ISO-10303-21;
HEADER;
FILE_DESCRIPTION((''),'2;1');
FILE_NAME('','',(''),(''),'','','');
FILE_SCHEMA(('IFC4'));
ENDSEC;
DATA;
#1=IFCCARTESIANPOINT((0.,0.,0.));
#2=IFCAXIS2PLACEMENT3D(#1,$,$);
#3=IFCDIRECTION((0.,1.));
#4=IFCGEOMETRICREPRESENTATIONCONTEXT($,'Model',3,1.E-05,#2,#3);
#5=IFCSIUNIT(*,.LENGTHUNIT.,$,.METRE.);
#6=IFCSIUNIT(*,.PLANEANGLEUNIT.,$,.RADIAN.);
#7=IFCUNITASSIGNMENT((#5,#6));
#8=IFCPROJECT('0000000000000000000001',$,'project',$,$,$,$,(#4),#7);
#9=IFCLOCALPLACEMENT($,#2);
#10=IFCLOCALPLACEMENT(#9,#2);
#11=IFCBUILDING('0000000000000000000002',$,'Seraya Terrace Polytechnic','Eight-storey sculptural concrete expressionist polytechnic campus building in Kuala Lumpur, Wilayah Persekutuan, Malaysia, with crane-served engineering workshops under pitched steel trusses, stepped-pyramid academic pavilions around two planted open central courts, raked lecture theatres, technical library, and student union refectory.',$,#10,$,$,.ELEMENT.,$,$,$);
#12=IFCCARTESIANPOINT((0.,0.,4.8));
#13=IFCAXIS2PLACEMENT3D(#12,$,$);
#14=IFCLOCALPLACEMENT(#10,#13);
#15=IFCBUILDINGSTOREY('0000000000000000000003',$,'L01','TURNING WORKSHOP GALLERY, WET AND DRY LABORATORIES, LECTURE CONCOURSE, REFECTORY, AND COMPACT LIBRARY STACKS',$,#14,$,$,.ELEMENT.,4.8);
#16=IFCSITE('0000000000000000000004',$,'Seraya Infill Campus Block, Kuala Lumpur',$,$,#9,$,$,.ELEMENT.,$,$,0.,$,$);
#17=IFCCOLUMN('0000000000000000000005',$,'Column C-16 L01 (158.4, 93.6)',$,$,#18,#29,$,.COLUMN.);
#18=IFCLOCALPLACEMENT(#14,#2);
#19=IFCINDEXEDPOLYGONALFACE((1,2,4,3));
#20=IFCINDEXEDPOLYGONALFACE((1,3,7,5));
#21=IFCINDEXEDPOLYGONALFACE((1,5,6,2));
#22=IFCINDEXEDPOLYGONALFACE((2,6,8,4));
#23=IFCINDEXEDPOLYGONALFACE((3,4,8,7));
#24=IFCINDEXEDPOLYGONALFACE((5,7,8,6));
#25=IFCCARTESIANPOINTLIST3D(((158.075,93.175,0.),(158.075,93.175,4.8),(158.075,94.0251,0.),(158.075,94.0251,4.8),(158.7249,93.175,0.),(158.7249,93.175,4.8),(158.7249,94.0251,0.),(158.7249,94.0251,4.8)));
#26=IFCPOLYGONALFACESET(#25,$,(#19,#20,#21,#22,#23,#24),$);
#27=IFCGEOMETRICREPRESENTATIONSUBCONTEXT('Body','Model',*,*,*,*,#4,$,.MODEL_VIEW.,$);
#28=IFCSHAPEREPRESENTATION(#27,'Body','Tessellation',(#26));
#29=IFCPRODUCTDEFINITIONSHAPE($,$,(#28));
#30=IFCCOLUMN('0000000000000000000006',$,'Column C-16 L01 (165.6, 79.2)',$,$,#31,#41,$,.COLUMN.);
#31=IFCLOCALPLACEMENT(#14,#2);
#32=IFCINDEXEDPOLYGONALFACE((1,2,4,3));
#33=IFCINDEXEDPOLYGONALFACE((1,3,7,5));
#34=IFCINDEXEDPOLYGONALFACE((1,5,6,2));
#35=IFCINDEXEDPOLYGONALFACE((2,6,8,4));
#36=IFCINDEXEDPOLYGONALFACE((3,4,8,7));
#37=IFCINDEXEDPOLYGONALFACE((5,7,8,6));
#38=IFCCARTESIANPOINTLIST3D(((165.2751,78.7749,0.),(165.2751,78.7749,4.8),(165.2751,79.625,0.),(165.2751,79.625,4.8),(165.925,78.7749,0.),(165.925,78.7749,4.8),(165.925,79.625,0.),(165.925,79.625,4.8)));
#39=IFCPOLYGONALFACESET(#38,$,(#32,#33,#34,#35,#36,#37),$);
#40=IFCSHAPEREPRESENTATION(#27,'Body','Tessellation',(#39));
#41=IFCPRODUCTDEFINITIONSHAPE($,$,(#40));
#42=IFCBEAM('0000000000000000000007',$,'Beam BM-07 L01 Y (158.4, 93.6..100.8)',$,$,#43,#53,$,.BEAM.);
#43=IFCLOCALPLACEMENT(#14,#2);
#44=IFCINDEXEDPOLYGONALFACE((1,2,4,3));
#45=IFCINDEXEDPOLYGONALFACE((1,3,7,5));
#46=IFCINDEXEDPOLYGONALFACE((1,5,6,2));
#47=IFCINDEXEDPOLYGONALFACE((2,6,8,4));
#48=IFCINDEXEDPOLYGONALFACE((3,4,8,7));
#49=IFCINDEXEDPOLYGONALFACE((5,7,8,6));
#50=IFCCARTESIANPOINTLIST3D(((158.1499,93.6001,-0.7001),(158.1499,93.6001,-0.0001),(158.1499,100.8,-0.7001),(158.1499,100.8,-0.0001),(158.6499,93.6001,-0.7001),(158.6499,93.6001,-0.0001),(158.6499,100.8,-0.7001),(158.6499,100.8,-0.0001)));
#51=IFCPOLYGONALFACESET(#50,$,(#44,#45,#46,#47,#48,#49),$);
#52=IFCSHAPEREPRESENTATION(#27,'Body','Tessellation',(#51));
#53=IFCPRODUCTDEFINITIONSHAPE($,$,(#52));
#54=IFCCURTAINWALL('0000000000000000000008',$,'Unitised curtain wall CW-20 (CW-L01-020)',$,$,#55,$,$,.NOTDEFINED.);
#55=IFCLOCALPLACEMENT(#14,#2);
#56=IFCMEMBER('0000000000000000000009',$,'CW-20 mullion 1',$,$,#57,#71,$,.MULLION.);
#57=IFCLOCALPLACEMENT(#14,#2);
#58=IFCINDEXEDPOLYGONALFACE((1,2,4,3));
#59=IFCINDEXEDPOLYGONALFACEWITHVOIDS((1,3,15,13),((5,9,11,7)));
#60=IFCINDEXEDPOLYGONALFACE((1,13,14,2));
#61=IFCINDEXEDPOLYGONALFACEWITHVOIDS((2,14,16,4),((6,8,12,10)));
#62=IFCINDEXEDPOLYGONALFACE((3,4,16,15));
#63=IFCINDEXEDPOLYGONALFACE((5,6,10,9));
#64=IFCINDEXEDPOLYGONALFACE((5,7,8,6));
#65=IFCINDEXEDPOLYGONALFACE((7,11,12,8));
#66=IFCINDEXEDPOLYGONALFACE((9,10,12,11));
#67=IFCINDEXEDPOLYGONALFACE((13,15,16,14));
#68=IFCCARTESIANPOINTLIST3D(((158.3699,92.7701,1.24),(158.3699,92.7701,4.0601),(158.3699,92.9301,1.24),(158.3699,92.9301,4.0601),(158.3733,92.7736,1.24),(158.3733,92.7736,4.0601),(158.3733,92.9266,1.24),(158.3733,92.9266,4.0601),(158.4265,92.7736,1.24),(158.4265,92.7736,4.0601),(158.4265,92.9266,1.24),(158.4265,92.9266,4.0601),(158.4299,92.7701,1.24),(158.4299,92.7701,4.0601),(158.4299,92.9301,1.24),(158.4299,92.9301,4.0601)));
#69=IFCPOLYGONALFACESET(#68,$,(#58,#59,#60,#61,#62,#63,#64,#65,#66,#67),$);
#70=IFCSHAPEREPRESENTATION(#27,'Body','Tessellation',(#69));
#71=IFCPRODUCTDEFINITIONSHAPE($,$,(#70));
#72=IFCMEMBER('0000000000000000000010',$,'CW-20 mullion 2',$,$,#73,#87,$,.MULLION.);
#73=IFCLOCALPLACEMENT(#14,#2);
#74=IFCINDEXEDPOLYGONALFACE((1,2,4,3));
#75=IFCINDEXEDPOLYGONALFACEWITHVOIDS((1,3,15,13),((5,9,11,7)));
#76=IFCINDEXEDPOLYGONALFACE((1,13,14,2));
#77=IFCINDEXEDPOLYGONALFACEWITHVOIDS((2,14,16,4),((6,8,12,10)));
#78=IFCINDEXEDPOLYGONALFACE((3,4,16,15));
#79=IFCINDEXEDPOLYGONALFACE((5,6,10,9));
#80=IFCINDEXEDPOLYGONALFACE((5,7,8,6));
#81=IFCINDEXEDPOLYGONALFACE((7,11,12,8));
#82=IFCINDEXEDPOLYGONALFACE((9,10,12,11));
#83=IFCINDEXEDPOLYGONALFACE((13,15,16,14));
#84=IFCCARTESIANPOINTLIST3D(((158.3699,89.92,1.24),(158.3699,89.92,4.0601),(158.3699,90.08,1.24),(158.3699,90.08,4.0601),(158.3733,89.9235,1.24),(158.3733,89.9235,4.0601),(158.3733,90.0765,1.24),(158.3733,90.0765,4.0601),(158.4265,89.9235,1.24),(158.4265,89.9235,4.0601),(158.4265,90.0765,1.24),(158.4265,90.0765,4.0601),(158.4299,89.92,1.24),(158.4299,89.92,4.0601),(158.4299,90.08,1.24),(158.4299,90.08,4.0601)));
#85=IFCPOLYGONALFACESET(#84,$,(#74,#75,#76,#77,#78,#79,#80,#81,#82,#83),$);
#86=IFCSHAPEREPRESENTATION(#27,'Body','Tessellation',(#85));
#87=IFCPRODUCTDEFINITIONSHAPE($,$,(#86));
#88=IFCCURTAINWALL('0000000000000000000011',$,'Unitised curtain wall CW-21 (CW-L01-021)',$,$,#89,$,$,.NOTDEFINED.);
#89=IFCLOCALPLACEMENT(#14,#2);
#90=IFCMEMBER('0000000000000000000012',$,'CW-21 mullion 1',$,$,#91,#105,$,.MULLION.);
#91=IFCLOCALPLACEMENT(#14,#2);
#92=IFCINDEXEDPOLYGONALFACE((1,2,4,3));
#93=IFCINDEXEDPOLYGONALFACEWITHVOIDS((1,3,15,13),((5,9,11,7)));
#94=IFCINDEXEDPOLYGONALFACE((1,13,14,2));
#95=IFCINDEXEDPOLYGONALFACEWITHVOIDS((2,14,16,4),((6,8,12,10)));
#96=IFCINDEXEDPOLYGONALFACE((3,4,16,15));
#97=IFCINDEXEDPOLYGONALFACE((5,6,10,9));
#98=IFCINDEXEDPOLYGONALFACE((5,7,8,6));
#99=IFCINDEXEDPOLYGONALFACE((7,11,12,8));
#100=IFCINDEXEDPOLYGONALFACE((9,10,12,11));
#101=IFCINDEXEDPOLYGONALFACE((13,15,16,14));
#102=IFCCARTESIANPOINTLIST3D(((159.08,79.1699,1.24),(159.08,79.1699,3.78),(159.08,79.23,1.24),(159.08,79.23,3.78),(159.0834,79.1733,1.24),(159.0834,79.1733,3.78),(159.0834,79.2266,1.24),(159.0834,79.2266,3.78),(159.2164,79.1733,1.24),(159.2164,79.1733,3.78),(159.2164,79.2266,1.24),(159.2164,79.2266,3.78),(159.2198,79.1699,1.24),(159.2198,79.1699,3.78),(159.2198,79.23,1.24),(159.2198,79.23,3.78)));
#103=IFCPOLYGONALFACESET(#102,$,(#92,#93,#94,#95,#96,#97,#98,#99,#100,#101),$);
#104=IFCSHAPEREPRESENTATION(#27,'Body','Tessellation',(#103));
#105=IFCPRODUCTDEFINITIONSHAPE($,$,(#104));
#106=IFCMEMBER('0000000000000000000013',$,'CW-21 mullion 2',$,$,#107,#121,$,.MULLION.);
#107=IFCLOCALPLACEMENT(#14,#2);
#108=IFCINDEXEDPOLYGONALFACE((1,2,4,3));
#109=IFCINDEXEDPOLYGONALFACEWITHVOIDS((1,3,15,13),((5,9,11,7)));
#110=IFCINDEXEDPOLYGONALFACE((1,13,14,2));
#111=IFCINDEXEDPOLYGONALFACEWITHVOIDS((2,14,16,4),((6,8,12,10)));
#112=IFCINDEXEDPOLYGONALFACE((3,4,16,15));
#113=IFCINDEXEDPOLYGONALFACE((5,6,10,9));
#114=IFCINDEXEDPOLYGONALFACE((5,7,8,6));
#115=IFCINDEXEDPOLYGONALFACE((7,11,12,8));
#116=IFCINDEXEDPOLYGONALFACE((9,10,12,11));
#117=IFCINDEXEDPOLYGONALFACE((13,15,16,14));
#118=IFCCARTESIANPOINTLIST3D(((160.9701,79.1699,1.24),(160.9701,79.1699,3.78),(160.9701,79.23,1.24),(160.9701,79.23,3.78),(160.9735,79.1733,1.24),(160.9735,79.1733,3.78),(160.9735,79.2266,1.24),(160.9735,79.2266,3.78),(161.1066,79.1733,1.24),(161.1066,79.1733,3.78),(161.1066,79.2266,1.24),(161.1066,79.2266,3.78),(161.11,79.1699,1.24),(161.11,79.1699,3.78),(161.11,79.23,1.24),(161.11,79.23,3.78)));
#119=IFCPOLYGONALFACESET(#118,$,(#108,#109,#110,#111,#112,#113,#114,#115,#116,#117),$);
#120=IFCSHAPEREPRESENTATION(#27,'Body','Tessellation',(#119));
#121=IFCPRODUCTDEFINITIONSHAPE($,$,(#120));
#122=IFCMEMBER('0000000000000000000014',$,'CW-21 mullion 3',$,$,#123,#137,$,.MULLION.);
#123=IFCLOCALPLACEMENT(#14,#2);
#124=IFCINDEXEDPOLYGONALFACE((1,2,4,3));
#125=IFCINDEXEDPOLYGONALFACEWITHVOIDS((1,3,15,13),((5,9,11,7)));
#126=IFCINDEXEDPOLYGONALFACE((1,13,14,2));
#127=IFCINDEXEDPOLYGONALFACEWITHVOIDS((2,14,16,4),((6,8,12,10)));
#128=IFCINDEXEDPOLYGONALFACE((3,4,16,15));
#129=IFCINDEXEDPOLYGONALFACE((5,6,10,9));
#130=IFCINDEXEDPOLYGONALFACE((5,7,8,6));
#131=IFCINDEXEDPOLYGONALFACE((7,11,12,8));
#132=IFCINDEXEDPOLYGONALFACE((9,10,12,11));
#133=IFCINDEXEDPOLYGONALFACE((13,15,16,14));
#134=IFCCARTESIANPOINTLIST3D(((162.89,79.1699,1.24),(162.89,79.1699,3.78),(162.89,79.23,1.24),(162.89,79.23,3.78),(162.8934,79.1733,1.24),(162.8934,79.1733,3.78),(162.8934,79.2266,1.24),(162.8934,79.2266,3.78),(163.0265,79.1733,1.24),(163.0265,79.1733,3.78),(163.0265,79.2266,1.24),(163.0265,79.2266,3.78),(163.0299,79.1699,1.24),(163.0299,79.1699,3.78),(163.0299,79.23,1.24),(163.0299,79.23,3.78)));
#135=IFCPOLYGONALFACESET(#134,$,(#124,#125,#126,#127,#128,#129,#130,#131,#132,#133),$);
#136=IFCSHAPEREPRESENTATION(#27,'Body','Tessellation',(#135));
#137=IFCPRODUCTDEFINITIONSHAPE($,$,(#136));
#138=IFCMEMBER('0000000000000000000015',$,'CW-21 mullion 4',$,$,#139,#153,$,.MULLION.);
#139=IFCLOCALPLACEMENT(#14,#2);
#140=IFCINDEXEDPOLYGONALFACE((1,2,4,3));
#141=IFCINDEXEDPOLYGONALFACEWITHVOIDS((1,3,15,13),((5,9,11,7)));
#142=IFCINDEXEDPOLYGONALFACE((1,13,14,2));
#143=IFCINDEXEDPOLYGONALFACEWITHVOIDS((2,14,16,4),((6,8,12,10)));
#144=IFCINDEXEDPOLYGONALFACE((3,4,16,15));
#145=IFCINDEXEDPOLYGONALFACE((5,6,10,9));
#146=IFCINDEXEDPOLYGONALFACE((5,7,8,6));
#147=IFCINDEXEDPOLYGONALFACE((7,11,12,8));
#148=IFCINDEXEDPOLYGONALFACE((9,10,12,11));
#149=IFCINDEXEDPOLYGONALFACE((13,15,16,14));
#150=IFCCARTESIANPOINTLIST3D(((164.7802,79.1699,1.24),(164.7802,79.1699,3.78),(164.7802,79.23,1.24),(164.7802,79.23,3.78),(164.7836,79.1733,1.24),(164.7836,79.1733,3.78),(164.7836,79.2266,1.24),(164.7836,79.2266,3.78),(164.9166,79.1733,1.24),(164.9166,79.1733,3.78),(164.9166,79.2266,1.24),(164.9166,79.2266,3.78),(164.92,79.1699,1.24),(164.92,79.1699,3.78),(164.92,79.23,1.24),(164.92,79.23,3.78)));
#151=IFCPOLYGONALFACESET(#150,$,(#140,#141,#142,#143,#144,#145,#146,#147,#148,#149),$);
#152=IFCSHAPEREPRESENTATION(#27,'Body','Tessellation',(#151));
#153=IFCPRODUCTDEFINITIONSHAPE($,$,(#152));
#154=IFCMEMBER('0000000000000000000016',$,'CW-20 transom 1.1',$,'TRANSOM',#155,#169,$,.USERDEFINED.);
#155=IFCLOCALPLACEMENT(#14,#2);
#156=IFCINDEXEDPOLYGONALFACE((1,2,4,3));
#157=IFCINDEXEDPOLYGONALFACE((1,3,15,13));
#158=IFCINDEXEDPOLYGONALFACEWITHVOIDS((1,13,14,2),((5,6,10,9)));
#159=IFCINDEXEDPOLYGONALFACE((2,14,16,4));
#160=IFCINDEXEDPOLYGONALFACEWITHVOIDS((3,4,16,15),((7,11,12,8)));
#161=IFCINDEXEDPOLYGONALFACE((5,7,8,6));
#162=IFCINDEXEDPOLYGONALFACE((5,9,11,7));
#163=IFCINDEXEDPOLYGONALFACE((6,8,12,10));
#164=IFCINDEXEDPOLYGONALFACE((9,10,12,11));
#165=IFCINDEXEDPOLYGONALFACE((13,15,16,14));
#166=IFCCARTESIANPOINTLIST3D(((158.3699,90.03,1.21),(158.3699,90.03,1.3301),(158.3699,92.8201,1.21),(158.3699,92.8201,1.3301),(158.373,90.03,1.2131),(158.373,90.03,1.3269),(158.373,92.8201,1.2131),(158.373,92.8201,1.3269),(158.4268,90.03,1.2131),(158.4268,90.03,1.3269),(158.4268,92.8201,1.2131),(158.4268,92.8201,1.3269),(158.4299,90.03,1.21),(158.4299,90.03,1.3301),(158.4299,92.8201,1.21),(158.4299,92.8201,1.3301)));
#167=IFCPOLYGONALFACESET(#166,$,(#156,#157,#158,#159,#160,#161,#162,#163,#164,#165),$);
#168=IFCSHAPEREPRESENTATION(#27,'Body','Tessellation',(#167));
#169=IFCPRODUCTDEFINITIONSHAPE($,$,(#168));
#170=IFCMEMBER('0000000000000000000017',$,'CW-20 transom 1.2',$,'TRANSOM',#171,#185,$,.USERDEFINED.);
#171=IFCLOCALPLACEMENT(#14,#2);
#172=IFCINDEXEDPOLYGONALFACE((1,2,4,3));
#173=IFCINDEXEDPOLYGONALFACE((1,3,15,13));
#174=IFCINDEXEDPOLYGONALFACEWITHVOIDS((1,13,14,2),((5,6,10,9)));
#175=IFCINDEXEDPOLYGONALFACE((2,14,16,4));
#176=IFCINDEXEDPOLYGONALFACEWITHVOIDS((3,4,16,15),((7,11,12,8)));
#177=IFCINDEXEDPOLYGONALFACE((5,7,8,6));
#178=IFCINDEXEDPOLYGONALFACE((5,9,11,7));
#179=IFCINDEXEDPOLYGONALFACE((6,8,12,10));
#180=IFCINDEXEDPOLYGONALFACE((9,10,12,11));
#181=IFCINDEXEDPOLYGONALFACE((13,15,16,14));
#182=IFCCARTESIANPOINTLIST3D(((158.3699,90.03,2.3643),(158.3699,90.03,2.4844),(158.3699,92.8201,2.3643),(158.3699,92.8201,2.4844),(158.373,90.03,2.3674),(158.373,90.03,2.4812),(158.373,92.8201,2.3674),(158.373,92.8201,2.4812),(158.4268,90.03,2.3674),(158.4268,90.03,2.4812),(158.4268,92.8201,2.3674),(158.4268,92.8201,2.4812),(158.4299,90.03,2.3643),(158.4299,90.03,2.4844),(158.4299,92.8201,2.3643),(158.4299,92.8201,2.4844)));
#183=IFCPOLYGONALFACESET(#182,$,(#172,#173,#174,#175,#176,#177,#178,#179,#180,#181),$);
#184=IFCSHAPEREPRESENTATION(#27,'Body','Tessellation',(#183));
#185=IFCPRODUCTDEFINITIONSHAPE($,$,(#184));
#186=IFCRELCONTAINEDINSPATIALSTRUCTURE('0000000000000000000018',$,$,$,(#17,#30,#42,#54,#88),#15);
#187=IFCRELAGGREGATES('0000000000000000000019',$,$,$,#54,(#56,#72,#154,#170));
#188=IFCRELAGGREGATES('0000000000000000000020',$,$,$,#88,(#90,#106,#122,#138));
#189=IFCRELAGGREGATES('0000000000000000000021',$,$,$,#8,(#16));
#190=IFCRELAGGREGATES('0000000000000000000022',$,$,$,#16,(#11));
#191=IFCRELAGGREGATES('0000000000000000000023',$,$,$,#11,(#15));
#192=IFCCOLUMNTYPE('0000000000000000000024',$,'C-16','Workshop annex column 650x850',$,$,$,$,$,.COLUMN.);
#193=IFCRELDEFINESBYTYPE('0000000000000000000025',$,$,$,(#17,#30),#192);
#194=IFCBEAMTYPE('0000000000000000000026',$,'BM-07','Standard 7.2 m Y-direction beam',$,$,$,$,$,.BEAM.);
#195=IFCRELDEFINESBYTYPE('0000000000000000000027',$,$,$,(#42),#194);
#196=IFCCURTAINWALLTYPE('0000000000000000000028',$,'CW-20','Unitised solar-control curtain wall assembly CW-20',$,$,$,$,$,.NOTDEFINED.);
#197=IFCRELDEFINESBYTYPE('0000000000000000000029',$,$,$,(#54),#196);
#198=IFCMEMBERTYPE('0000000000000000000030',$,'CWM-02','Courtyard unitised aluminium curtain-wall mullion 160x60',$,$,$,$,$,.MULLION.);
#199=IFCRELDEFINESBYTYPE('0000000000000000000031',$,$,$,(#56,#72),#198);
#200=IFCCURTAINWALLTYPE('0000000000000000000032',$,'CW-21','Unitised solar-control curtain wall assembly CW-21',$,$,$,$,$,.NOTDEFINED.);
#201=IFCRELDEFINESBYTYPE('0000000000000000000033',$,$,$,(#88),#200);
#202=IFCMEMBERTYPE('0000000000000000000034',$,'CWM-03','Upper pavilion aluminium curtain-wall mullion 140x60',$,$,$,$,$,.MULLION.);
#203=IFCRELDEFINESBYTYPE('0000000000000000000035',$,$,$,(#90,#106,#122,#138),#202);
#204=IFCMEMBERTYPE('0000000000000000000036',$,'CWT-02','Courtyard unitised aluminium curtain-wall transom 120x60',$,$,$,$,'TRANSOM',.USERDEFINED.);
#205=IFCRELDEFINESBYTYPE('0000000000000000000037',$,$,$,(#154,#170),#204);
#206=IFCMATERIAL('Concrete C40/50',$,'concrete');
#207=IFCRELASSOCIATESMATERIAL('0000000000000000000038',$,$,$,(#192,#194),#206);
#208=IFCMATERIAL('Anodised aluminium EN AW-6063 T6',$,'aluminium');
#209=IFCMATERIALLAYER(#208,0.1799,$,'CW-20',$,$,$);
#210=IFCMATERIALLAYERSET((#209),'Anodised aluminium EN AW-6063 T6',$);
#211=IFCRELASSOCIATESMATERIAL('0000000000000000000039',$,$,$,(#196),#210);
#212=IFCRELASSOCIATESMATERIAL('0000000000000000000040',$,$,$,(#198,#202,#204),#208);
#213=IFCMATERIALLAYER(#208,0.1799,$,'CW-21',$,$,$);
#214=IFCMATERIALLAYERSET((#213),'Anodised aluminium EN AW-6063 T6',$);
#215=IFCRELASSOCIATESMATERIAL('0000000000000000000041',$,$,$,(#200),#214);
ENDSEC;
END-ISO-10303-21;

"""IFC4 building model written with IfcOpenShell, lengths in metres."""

from ifc_helpers import new_model, si_unit, direction, frame, origin, origin_2d, place, context, subcontext, project, spatial, rectangle, hollow_rectangle, extrude, material, layer, layer_set, material_profile, profile_set, type_object, element, aggregate, save


model = new_model("IFC4")

# Units and contexts
model_context = context("Model", 3, precision=1e-05, world=origin(), true_north=direction((0.0, 1.0)))
body_context = subcontext(model_context, "Body", "Model", "MODEL_VIEW")
ifc_project = project(units=[si_unit("LENGTHUNIT", "METRE"), si_unit("PLANEANGLEUNIT", "RADIAN")], contexts=[model_context])

# Site, building, storey
site_placement = place(None, origin())
site = spatial("IfcSite", under=ifc_project, at=site_placement, Name="Seraya Infill Campus Block, Kuala Lumpur", CompositionType="ELEMENT", RefElevation=0.0)
building_placement = place(site_placement, origin())
building = spatial("IfcBuilding", under=site, at=building_placement, Name="Seraya Terrace Polytechnic", Description="Eight-storey sculptural concrete expressionist polytechnic campus building in Kuala Lumpur, Wilayah Persekutuan, Malaysia, with crane-served engineering workshops under pitched steel trusses, stepped-pyramid academic pavilions around two planted open central courts, raked lecture theatres, technical library, and student union refectory.", CompositionType="ELEMENT")
storey_placement = place(building_placement, frame((0.0, 0.0, 4.8)))
storey = spatial("IfcBuildingStorey", under=building, at=storey_placement, Name="L01", Description="TURNING WORKSHOP GALLERY, WET AND DRY LABORATORIES, LECTURE CONCOURSE, REFECTORY, AND COMPACT LIBRARY STACKS", CompositionType="ELEMENT", Elevation=4.8)

# Columns
ifc_material_1 = material(Name="Concrete C40/50", Category="concrete")
ifc_material_profile_1 = material_profile(ifc_material_1, rectangle(XDim=0.6499, YDim=0.8501, at=origin_2d()), Name="RC 650x850")
ifc_profile_set_1 = profile_set([ifc_material_profile_1], Name="Concrete C40/50")
column_type = type_object("IfcColumnType", Name="C-16", Description="Workshop annex column 650x850", PredefinedType="COLUMN", material=ifc_profile_set_1)
for number, where, z_axis, x_axis, name in (
    (1, (158.3999, 93.6001, 0.0), (0.0, 0.0, 1.0), (1.0, 0.0, 0.0), "Column C-16 L01 (158.4, 93.6)"),
    (2, (165.6001, 79.2, 0.0), (0.0, 0.0, 1.0), (1.0, 0.0, 0.0), "Column C-16 L01 (165.6, 79.2)"),
):
    element("IfcColumn", number, at=place(storey_placement, frame(where, z_axis=z_axis, x_axis=x_axis)), inside=storey, type_object=column_type, Name=name, PredefinedType="COLUMN", context=body_context, shape_type="SweptSolid", body=[
        extrude(rectangle(XDim=0.6499, YDim=0.8501, at=origin_2d()), origin(), (0.0, 0.0, 1.0), 4.8),
    ])

# Beam
ifc_material_profile_2 = material_profile(ifc_material_1, rectangle(XDim=0.5, YDim=0.7, at=origin_2d()), Name="RC 500x700")
ifc_profile_set_2 = profile_set([ifc_material_profile_2], Name="Concrete C40/50")
beam_type = type_object("IfcBeamType", Name="BM-07", Description="Standard 7.2 m Y-direction beam", PredefinedType="BEAM", material=ifc_profile_set_2)
beam_placement = place(storey_placement, frame((158.3999, 93.6001, -0.3501), z_axis=(0.0, 1.0, 0.0), x_axis=(-1.0, 0.0, 0.0)))
element("IfcBeam", 3, at=beam_placement, inside=storey, type_object=beam_type, Name="Beam BM-07 L01 Y (158.4, 93.6..100.8)", PredefinedType="BEAM", context=body_context, shape_type="SweptSolid", body=[
    extrude(rectangle(XDim=0.5, YDim=0.7, at=origin_2d()), origin(), (0.0, 0.0, 1.0), 7.2),
])

# Curtain walls, members
ifc_material_2 = material(Name="Anodised aluminium EN AW-6063 T6", Category="aluminium")
ifc_layer_1 = layer(ifc_material_2, 0.1799, Name="CW-20")
ifc_layer_set_1 = layer_set([ifc_layer_1], Name="Anodised aluminium EN AW-6063 T6")
curtain_wall_type_1 = type_object("IfcCurtainWallType", Name="CW-20", Description="Unitised solar-control curtain wall assembly CW-20", PredefinedType="NOTDEFINED", material=ifc_layer_set_1)
curtain_wall_1_placement = place(storey_placement, origin())
curtain_wall_1 = element("IfcCurtainWall", 4, at=curtain_wall_1_placement, inside=storey, type_object=curtain_wall_type_1, Name="Unitised curtain wall CW-20 (CW-L01-020)", PredefinedType="NOTDEFINED")
ifc_material_profile_3 = material_profile(ifc_material_2, hollow_rectangle(XDim=0.0601, YDim=0.1599, WallThickness=0.0034, at=origin_2d()), Name="RHS 160x60x3.5")
ifc_profile_set_3 = profile_set([ifc_material_profile_3], Name="Anodised aluminium EN AW-6063 T6")
member_type_1 = type_object("IfcMemberType", Name="CWM-02", Description="Courtyard unitised aluminium curtain-wall mullion 160x60", PredefinedType="MULLION", material=ifc_profile_set_3)
member_1_placement = place(storey_placement, frame((158.3999, 92.8501, 1.24), z_axis=(0.0, 0.0, 1.0), x_axis=(1.0, 0.0, 0.0)))
member_1 = element("IfcMember", 5, at=member_1_placement, type_object=member_type_1, Name="CW-20 mullion 1", PredefinedType="MULLION", context=body_context, shape_type="SweptSolid", body=[
    extrude(hollow_rectangle(XDim=0.0601, YDim=0.1599, WallThickness=0.0034, at=origin_2d()), origin(), (0.0, 0.0, 1.0), 2.8201),
])
member_2_placement = place(storey_placement, frame((158.3999, 90.0, 1.24), z_axis=(0.0, 0.0, 1.0), x_axis=(1.0, 0.0, 0.0)))
member_2 = element("IfcMember", 6, at=member_2_placement, type_object=member_type_1, Name="CW-20 mullion 2", PredefinedType="MULLION", context=body_context, shape_type="SweptSolid", body=[
    extrude(hollow_rectangle(XDim=0.0601, YDim=0.1599, WallThickness=0.0034, at=origin_2d()), origin(), (0.0, 0.0, 1.0), 2.8201),
])
ifc_layer_2 = layer(ifc_material_2, 0.1799, Name="CW-21")
ifc_layer_set_2 = layer_set([ifc_layer_2], Name="Anodised aluminium EN AW-6063 T6")
curtain_wall_type_2 = type_object("IfcCurtainWallType", Name="CW-21", Description="Unitised solar-control curtain wall assembly CW-21", PredefinedType="NOTDEFINED", material=ifc_layer_set_2)
curtain_wall_2_placement = place(storey_placement, origin())
curtain_wall_2 = element("IfcCurtainWall", 7, at=curtain_wall_2_placement, inside=storey, type_object=curtain_wall_type_2, Name="Unitised curtain wall CW-21 (CW-L01-021)", PredefinedType="NOTDEFINED")
ifc_material_profile_4 = material_profile(ifc_material_2, hollow_rectangle(XDim=0.0601, YDim=0.1399, WallThickness=0.0034, at=origin_2d()), Name="RHS 140x60x3.5")
ifc_profile_set_4 = profile_set([ifc_material_profile_4], Name="Anodised aluminium EN AW-6063 T6")
member_type_2 = type_object("IfcMemberType", Name="CWM-03", Description="Upper pavilion aluminium curtain-wall mullion 140x60", PredefinedType="MULLION", material=ifc_profile_set_4)
member_3_placement = place(storey_placement, frame((159.1499, 79.2, 1.24), z_axis=(0.0, 0.0, 1.0), x_axis=(0.0, 1.0, 0.0)))
member_3 = element("IfcMember", 8, at=member_3_placement, type_object=member_type_2, Name="CW-21 mullion 1", PredefinedType="MULLION", context=body_context, shape_type="SweptSolid", body=[
    extrude(hollow_rectangle(XDim=0.0601, YDim=0.1399, WallThickness=0.0034, at=origin_2d()), origin(), (0.0, 0.0, 1.0), 2.54),
])
member_4_placement = place(storey_placement, frame((161.04, 79.2, 1.24), z_axis=(0.0, 0.0, 1.0), x_axis=(0.0, 1.0, 0.0)))
member_4 = element("IfcMember", 9, at=member_4_placement, type_object=member_type_2, Name="CW-21 mullion 2", PredefinedType="MULLION", context=body_context, shape_type="SweptSolid", body=[
    extrude(hollow_rectangle(XDim=0.0601, YDim=0.1399, WallThickness=0.0034, at=origin_2d()), origin(), (0.0, 0.0, 1.0), 2.54),
])
member_5_placement = place(storey_placement, frame((162.96, 79.2, 1.24), z_axis=(0.0, 0.0, 1.0), x_axis=(0.0, 1.0, 0.0)))
member_5 = element("IfcMember", 10, at=member_5_placement, type_object=member_type_2, Name="CW-21 mullion 3", PredefinedType="MULLION", context=body_context, shape_type="SweptSolid", body=[
    extrude(hollow_rectangle(XDim=0.0601, YDim=0.1399, WallThickness=0.0034, at=origin_2d()), origin(), (0.0, 0.0, 1.0), 2.54),
])
member_6_placement = place(storey_placement, frame((164.8501, 79.2, 1.24), z_axis=(0.0, 0.0, 1.0), x_axis=(0.0, 1.0, 0.0)))
member_6 = element("IfcMember", 11, at=member_6_placement, type_object=member_type_2, Name="CW-21 mullion 4", PredefinedType="MULLION", context=body_context, shape_type="SweptSolid", body=[
    extrude(hollow_rectangle(XDim=0.0601, YDim=0.1399, WallThickness=0.0034, at=origin_2d()), origin(), (0.0, 0.0, 1.0), 2.54),
])

# Members
ifc_material_profile_5 = material_profile(ifc_material_2, hollow_rectangle(XDim=0.0601, YDim=0.1201, WallThickness=0.0032, at=origin_2d()), Name="RHS 120x60x3.2")
ifc_profile_set_5 = profile_set([ifc_material_profile_5], Name="Anodised aluminium EN AW-6063 T6")
member_type_3 = type_object("IfcMemberType", Name="CWT-02", Description="Courtyard unitised aluminium curtain-wall transom 120x60", ElementType="TRANSOM", PredefinedType="USERDEFINED", material=ifc_profile_set_5)
member_7_placement = place(storey_placement, frame((158.3999, 92.8201, 1.27), z_axis=(0.0, -1.0, 0.0), x_axis=(1.0, 0.0, 0.0)))
member_7 = element("IfcMember", 12, at=member_7_placement, type_object=member_type_3, Name="CW-20 transom 1.1", ObjectType="TRANSOM", PredefinedType="USERDEFINED", context=body_context, shape_type="SweptSolid", body=[
    extrude(hollow_rectangle(XDim=0.0601, YDim=0.1201, WallThickness=0.0032, at=origin_2d()), origin(), (0.0, 0.0, 1.0), 2.79),
])
member_8_placement = place(storey_placement, frame((158.3999, 92.8201, 2.4243), z_axis=(0.0, -1.0, 0.0), x_axis=(1.0, 0.0, 0.0)))
member_8 = element("IfcMember", 13, at=member_8_placement, type_object=member_type_3, Name="CW-20 transom 1.2", ObjectType="TRANSOM", PredefinedType="USERDEFINED", context=body_context, shape_type="SweptSolid", body=[
    extrude(hollow_rectangle(XDim=0.0601, YDim=0.1201, WallThickness=0.0032, at=origin_2d()), origin(), (0.0, 0.0, 1.0), 2.79),
])

aggregate(curtain_wall_1, [member_1, member_2, member_7, member_8])
aggregate(curtain_wall_2, [member_3, member_4, member_5, member_6])

save(model, "model.ifc")
